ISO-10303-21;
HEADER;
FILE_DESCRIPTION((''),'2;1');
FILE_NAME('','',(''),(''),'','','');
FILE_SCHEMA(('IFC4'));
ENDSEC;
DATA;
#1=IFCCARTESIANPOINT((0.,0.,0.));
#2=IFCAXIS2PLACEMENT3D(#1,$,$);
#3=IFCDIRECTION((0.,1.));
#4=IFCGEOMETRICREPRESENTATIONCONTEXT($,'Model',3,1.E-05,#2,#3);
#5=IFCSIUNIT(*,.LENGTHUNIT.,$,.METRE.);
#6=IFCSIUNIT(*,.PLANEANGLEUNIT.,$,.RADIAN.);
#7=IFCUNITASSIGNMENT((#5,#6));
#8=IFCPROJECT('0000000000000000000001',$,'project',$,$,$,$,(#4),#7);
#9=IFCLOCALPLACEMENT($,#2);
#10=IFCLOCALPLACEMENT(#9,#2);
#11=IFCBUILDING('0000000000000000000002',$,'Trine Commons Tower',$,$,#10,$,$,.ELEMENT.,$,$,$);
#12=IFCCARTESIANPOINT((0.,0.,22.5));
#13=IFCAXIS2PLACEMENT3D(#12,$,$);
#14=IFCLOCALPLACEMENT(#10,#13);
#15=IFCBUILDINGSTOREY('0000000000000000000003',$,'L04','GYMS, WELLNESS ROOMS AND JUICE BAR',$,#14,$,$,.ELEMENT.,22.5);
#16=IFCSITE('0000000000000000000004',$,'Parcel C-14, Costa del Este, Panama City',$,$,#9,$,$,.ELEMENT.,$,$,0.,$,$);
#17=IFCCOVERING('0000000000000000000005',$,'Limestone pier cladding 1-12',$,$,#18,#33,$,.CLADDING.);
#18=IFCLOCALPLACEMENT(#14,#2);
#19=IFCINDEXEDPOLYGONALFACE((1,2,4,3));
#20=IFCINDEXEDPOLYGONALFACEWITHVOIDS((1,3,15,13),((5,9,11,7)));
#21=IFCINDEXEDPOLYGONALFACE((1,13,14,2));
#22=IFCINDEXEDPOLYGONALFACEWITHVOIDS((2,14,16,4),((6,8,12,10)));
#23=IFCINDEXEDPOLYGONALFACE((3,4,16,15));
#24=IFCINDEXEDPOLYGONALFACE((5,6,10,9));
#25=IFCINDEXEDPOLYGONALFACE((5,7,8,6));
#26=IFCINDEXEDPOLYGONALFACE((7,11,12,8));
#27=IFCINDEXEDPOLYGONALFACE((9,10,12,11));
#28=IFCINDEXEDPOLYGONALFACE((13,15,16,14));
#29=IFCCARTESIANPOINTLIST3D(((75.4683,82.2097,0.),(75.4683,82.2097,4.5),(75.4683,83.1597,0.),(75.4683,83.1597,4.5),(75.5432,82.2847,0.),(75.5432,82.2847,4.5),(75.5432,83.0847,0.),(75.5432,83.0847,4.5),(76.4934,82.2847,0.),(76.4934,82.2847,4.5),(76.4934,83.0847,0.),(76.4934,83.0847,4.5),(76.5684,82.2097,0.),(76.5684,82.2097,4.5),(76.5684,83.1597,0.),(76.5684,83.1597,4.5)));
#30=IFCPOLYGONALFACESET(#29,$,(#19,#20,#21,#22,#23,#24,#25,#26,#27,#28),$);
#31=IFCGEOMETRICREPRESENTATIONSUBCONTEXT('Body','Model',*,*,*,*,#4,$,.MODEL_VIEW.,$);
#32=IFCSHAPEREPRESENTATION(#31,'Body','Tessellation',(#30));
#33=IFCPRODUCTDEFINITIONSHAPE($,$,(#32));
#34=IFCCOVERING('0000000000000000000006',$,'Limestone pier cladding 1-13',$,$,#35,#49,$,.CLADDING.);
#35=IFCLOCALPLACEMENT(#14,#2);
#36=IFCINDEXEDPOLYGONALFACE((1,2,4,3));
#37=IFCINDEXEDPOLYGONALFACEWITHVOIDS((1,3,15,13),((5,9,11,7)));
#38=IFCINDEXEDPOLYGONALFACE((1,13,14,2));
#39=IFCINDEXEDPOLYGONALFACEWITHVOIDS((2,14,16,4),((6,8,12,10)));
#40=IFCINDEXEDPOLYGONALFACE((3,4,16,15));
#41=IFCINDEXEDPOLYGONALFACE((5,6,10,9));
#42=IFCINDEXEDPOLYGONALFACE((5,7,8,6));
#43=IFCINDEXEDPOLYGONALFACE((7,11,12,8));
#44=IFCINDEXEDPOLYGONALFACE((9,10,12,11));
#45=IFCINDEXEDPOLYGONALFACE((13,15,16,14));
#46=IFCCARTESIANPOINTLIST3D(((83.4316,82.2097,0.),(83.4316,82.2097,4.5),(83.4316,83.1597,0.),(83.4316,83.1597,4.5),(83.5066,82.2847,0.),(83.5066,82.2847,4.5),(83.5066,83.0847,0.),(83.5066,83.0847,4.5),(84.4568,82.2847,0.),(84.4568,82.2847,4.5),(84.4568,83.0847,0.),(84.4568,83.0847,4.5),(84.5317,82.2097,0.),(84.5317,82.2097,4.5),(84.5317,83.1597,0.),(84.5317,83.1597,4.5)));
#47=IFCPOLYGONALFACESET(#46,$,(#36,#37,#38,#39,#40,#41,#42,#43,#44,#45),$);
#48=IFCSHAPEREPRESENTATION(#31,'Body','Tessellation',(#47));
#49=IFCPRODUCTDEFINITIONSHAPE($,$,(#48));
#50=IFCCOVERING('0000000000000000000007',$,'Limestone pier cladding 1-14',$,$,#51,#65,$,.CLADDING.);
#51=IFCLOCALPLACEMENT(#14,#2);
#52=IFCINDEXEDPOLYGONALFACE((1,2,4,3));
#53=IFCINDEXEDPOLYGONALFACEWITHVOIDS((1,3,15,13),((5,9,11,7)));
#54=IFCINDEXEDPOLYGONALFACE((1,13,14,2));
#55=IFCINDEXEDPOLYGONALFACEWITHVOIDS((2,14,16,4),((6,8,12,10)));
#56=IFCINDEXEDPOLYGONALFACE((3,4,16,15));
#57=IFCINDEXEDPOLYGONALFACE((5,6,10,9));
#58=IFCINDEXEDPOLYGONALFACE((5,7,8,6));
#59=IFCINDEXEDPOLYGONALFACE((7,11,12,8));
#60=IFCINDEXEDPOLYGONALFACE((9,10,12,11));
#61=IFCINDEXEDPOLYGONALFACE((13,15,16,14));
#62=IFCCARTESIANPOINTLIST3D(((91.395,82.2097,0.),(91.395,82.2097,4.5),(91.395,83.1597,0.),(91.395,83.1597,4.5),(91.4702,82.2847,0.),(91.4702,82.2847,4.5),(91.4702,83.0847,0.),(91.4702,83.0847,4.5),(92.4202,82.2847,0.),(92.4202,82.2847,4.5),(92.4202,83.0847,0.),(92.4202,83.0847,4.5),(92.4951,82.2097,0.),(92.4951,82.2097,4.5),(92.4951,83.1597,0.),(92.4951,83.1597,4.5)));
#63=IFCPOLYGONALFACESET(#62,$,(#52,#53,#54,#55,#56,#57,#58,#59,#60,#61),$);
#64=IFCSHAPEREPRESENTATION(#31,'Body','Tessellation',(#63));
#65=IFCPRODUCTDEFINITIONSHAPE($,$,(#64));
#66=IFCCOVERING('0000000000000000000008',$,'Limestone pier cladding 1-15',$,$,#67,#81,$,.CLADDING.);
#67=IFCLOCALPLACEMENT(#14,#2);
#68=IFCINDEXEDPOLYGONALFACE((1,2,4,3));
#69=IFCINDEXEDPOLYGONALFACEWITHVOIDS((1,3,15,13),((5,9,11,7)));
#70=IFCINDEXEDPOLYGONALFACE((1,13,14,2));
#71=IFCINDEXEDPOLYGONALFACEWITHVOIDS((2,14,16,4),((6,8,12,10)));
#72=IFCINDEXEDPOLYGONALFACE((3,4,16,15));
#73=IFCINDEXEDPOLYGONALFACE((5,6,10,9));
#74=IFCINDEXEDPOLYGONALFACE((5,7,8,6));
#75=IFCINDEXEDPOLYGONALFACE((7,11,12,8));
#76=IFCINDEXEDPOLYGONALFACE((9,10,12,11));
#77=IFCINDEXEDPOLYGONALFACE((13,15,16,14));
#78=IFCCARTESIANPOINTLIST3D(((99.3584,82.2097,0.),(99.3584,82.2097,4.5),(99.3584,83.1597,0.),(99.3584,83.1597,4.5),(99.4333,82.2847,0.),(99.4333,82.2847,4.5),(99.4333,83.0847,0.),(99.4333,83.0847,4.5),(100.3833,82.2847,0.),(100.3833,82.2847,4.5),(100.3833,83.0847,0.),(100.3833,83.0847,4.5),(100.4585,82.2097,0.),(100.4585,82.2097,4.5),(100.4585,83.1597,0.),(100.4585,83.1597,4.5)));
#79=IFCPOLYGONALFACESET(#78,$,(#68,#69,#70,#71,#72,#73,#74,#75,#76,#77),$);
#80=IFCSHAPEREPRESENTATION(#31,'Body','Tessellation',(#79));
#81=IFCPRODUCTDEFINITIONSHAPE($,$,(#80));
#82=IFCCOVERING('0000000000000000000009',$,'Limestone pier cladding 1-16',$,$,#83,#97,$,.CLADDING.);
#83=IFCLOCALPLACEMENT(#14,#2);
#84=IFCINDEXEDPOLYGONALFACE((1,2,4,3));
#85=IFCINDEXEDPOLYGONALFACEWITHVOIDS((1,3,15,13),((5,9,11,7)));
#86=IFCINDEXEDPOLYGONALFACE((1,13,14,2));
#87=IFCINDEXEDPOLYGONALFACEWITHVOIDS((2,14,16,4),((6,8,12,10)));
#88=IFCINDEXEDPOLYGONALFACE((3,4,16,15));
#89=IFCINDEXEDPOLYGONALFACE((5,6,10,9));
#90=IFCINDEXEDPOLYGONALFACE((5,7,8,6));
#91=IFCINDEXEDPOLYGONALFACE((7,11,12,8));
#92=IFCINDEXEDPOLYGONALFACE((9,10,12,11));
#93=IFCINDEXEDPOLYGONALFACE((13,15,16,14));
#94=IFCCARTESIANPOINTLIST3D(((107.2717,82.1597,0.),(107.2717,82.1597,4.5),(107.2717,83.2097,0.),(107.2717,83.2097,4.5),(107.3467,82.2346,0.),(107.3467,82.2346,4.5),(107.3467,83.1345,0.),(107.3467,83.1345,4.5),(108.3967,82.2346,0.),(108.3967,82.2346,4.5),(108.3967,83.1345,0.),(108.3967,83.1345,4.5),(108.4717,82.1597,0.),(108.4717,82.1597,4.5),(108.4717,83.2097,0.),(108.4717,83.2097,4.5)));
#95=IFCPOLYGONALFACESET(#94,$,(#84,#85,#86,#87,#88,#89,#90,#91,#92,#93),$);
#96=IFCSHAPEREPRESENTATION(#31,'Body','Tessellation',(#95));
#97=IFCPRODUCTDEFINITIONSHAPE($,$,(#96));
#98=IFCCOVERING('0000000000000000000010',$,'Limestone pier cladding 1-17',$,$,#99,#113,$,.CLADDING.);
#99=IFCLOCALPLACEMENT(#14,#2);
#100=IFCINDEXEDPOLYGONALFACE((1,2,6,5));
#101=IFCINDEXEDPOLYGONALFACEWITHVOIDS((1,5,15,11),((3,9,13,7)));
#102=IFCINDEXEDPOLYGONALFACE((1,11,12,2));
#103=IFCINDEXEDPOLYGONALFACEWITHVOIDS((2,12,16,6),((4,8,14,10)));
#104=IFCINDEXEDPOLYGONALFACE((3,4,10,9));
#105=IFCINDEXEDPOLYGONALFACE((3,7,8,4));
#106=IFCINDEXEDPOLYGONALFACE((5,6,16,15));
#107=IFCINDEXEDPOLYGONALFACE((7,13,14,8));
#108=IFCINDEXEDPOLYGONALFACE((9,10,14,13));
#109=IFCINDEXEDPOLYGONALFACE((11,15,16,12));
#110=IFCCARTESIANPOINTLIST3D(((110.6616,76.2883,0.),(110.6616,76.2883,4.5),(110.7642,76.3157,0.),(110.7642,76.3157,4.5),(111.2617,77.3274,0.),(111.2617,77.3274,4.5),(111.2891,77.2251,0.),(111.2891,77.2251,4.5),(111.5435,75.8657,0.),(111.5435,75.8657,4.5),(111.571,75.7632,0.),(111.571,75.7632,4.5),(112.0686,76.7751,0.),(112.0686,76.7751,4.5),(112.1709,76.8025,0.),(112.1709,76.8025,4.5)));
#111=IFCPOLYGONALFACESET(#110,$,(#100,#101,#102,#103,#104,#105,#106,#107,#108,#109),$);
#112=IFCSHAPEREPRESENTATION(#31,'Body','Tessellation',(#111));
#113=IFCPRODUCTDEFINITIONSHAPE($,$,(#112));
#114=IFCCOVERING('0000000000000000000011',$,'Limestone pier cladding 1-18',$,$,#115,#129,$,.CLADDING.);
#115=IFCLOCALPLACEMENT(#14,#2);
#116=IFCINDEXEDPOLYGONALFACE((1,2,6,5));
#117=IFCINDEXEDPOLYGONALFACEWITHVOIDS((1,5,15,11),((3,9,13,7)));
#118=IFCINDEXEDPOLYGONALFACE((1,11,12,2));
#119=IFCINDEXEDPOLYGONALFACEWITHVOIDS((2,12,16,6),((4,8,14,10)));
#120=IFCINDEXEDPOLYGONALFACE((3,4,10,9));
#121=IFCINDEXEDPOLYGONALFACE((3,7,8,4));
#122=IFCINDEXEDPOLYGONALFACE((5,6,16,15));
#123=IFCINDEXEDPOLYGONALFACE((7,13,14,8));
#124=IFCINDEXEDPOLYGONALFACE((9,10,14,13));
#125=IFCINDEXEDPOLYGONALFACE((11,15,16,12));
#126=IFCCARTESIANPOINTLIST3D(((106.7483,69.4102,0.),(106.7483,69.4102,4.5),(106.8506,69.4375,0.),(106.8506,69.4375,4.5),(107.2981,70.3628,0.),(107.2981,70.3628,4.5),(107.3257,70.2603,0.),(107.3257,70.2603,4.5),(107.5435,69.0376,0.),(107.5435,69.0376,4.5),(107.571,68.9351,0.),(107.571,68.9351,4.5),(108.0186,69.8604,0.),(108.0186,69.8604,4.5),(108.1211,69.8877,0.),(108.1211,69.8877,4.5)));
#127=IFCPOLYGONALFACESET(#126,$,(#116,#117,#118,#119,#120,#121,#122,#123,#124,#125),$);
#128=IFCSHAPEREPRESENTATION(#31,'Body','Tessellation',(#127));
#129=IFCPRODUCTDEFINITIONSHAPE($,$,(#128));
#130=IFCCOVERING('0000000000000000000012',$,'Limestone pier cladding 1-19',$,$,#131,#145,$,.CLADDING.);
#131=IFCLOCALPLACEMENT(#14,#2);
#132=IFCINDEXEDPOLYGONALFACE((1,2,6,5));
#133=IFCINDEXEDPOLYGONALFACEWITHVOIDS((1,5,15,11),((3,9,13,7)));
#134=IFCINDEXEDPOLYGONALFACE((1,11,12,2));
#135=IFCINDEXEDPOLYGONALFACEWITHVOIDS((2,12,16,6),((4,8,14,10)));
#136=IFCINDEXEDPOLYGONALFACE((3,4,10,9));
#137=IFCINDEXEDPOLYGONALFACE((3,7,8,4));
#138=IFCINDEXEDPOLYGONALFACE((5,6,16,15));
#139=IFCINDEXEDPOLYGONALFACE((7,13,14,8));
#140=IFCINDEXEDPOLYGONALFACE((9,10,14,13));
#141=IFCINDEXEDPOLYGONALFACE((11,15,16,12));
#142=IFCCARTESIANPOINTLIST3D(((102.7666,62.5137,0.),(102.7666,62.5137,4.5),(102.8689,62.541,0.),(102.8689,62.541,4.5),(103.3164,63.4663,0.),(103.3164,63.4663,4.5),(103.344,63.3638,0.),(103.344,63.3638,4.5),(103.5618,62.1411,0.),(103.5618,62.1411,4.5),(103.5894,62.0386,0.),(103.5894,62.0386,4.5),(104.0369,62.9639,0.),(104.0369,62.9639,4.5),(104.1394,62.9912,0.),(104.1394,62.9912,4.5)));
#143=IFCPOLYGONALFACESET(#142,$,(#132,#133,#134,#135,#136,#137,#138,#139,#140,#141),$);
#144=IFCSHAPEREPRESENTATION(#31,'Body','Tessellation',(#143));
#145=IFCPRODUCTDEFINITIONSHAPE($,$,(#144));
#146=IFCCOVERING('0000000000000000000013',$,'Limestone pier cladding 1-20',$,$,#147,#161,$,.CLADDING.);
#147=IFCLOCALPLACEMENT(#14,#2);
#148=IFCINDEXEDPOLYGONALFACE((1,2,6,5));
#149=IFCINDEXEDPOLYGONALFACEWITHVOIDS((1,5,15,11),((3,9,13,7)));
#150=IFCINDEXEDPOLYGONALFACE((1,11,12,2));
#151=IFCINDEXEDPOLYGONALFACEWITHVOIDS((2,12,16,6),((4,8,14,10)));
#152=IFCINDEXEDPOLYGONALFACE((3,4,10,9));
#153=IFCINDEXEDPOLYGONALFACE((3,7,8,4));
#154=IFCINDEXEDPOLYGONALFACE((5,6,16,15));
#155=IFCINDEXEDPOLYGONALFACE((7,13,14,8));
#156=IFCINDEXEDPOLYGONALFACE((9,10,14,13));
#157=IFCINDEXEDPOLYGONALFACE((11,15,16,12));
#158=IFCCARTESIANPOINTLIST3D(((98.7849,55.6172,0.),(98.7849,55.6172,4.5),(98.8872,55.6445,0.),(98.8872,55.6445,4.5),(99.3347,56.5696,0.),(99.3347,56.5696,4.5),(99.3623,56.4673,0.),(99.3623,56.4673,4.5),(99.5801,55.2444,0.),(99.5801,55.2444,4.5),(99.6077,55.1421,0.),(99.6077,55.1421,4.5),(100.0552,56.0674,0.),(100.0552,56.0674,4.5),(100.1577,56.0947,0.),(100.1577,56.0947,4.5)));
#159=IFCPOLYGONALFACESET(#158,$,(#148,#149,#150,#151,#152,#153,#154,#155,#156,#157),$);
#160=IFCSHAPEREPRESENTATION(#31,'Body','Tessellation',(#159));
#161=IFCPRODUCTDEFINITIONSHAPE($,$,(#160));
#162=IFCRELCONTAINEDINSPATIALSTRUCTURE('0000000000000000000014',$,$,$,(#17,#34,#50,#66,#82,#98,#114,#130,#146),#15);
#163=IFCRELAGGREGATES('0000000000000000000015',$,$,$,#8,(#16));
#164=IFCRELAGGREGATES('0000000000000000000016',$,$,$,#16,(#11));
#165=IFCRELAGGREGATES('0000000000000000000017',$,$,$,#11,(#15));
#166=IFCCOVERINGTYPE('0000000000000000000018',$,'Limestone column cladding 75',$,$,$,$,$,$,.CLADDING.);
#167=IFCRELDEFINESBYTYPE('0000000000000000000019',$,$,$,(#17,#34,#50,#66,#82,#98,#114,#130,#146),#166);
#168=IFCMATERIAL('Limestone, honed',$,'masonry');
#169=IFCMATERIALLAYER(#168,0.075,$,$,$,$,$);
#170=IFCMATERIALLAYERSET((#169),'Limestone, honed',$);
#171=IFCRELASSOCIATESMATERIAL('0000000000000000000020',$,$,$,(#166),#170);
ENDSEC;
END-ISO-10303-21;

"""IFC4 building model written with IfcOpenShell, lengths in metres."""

from ifc_helpers import new_model, si_unit, direction, frame, origin, place, context, subcontext, project, spatial, polyline, outline, extrude, material, layer, layer_set, type_object, element, save


model = new_model("IFC4")

# Units and contexts
model_context = context("Model", 3, precision=1e-05, world=origin(), true_north=direction((0.0, 1.0)))
body_context = subcontext(model_context, "Body", "Model", "MODEL_VIEW")
ifc_project = project(units=[si_unit("LENGTHUNIT", "METRE"), si_unit("PLANEANGLEUNIT", "RADIAN")], contexts=[model_context])

# Site, building, storey
site_placement = place(None, origin())
site = spatial("IfcSite", under=ifc_project, at=site_placement, Name="Parcel C-14, Costa del Este, Panama City", CompositionType="ELEMENT", RefElevation=0.0)
building_placement = place(site_placement, origin())
building = spatial("IfcBuilding", under=site, at=building_placement, Name="Trine Commons Tower", CompositionType="ELEMENT")
storey_placement = place(building_placement, frame((0.0, 0.0, 22.5)))
storey = spatial("IfcBuildingStorey", under=building, at=storey_placement, Name="L04", Description="GYMS, WELLNESS ROOMS AND JUICE BAR", CompositionType="ELEMENT", Elevation=22.5)

# Coverings
ifc_material_1 = material(Name="Limestone, honed", Category="masonry")
ifc_layer_1 = layer(ifc_material_1, 0.075)
ifc_layer_set_1 = layer_set([ifc_layer_1], Name="Limestone, honed")
covering_type = type_object("IfcCoveringType", Name="Limestone column cladding 75", PredefinedType="CLADDING", material=ifc_layer_set_1)
covering_1_placement = place(storey_placement, origin())
element("IfcCovering", 1, at=covering_1_placement, inside=storey, type_object=covering_type, Name="Limestone pier cladding 1-12", PredefinedType="CLADDING", context=body_context, shape_type="SweptSolid", body=[
    extrude(outline(polyline([(76.5684, 82.2097), (76.5684, 83.1597), (75.4683, 83.1597), (75.4683, 82.2097), (76.5684, 82.2097)]), holes=[polyline([(76.4934, 82.2847), (76.4934, 83.0847), (75.5432, 83.0847), (75.5432, 82.2847), (76.4934, 82.2847)])]), origin(), (0.0, 0.0, 1.0), 4.5),
])
covering_2_placement = place(storey_placement, origin())
element("IfcCovering", 2, at=covering_2_placement, inside=storey, type_object=covering_type, Name="Limestone pier cladding 1-13", PredefinedType="CLADDING", context=body_context, shape_type="SweptSolid", body=[
    extrude(outline(polyline([(84.5317, 82.2097), (84.5317, 83.1597), (83.4316, 83.1597), (83.4316, 82.2097), (84.5317, 82.2097)]), holes=[polyline([(84.4568, 82.2847), (84.4568, 83.0847), (83.5066, 83.0847), (83.5066, 82.2847), (84.4568, 82.2847)])]), origin(), (0.0, 0.0, 1.0), 4.5),
])
covering_3_placement = place(storey_placement, origin())
element("IfcCovering", 3, at=covering_3_placement, inside=storey, type_object=covering_type, Name="Limestone pier cladding 1-14", PredefinedType="CLADDING", context=body_context, shape_type="SweptSolid", body=[
    extrude(outline(polyline([(92.4951, 82.2097), (92.4951, 83.1597), (91.395, 83.1597), (91.395, 82.2097), (92.4951, 82.2097)]), holes=[polyline([(92.4202, 82.2847), (92.4202, 83.0847), (91.4702, 83.0847), (91.4702, 82.2847), (92.4202, 82.2847)])]), origin(), (0.0, 0.0, 1.0), 4.5),
])
covering_4_placement = place(storey_placement, origin())
element("IfcCovering", 4, at=covering_4_placement, inside=storey, type_object=covering_type, Name="Limestone pier cladding 1-15", PredefinedType="CLADDING", context=body_context, shape_type="SweptSolid", body=[
    extrude(outline(polyline([(100.4585, 82.2097), (100.4585, 83.1597), (99.3584, 83.1597), (99.3584, 82.2097), (100.4585, 82.2097)]), holes=[polyline([(100.3833, 82.2847), (100.3833, 83.0847), (99.4333, 83.0847), (99.4333, 82.2847), (100.3833, 82.2847)])]), origin(), (0.0, 0.0, 1.0), 4.5),
])
covering_5_placement = place(storey_placement, origin())
element("IfcCovering", 5, at=covering_5_placement, inside=storey, type_object=covering_type, Name="Limestone pier cladding 1-16", PredefinedType="CLADDING", context=body_context, shape_type="SweptSolid", body=[
    extrude(outline(polyline([(108.4717, 82.1597), (108.4717, 83.2097), (107.2717, 83.2097), (107.2717, 82.1597), (108.4717, 82.1597)]), holes=[polyline([(108.3967, 82.2346), (108.3967, 83.1345), (107.3467, 83.1345), (107.3467, 82.2346), (108.3967, 82.2346)])]), origin(), (0.0, 0.0, 1.0), 4.5),
])
covering_6_placement = place(storey_placement, origin())
element("IfcCovering", 6, at=covering_6_placement, inside=storey, type_object=covering_type, Name="Limestone pier cladding 1-17", PredefinedType="CLADDING", context=body_context, shape_type="SweptSolid", body=[
    extrude(outline(polyline([(112.1709, 76.8025), (111.2617, 77.3274), (110.6616, 76.2883), (111.571, 75.7632), (112.1709, 76.8025)]), holes=[polyline([(112.0686, 76.7751), (111.2891, 77.2251), (110.7642, 76.3157), (111.5435, 75.8657), (112.0686, 76.7751)])]), origin(), (0.0, 0.0, 1.0), 4.5),
])
covering_7_placement = place(storey_placement, origin())
element("IfcCovering", 7, at=covering_7_placement, inside=storey, type_object=covering_type, Name="Limestone pier cladding 1-18", PredefinedType="CLADDING", context=body_context, shape_type="SweptSolid", body=[
    extrude(outline(polyline([(108.1211, 69.8877), (107.2981, 70.3628), (106.7483, 69.4102), (107.571, 68.9351), (108.1211, 69.8877)]), holes=[polyline([(108.0186, 69.8604), (107.3257, 70.2603), (106.8506, 69.4375), (107.5435, 69.0376), (108.0186, 69.8604)])]), origin(), (0.0, 0.0, 1.0), 4.5),
])
covering_8_placement = place(storey_placement, origin())
element("IfcCovering", 8, at=covering_8_placement, inside=storey, type_object=covering_type, Name="Limestone pier cladding 1-19", PredefinedType="CLADDING", context=body_context, shape_type="SweptSolid", body=[
    extrude(outline(polyline([(104.1394, 62.9912), (103.3164, 63.4663), (102.7666, 62.5137), (103.5894, 62.0386), (104.1394, 62.9912)]), holes=[polyline([(104.0369, 62.9639), (103.344, 63.3638), (102.8689, 62.541), (103.5618, 62.1411), (104.0369, 62.9639)])]), origin(), (0.0, 0.0, 1.0), 4.5),
])
covering_9_placement = place(storey_placement, origin())
element("IfcCovering", 9, at=covering_9_placement, inside=storey, type_object=covering_type, Name="Limestone pier cladding 1-20", PredefinedType="CLADDING", context=body_context, shape_type="SweptSolid", body=[
    extrude(outline(polyline([(100.1577, 56.0947), (99.3347, 56.5696), (98.7849, 55.6172), (99.6077, 55.1421), (100.1577, 56.0947)]), holes=[polyline([(100.0552, 56.0674), (99.3623, 56.4673), (98.8872, 55.6445), (99.5801, 55.2444), (100.0552, 56.0674)])]), origin(), (0.0, 0.0, 1.0), 4.5),
])

save(model, "model.ifc")
